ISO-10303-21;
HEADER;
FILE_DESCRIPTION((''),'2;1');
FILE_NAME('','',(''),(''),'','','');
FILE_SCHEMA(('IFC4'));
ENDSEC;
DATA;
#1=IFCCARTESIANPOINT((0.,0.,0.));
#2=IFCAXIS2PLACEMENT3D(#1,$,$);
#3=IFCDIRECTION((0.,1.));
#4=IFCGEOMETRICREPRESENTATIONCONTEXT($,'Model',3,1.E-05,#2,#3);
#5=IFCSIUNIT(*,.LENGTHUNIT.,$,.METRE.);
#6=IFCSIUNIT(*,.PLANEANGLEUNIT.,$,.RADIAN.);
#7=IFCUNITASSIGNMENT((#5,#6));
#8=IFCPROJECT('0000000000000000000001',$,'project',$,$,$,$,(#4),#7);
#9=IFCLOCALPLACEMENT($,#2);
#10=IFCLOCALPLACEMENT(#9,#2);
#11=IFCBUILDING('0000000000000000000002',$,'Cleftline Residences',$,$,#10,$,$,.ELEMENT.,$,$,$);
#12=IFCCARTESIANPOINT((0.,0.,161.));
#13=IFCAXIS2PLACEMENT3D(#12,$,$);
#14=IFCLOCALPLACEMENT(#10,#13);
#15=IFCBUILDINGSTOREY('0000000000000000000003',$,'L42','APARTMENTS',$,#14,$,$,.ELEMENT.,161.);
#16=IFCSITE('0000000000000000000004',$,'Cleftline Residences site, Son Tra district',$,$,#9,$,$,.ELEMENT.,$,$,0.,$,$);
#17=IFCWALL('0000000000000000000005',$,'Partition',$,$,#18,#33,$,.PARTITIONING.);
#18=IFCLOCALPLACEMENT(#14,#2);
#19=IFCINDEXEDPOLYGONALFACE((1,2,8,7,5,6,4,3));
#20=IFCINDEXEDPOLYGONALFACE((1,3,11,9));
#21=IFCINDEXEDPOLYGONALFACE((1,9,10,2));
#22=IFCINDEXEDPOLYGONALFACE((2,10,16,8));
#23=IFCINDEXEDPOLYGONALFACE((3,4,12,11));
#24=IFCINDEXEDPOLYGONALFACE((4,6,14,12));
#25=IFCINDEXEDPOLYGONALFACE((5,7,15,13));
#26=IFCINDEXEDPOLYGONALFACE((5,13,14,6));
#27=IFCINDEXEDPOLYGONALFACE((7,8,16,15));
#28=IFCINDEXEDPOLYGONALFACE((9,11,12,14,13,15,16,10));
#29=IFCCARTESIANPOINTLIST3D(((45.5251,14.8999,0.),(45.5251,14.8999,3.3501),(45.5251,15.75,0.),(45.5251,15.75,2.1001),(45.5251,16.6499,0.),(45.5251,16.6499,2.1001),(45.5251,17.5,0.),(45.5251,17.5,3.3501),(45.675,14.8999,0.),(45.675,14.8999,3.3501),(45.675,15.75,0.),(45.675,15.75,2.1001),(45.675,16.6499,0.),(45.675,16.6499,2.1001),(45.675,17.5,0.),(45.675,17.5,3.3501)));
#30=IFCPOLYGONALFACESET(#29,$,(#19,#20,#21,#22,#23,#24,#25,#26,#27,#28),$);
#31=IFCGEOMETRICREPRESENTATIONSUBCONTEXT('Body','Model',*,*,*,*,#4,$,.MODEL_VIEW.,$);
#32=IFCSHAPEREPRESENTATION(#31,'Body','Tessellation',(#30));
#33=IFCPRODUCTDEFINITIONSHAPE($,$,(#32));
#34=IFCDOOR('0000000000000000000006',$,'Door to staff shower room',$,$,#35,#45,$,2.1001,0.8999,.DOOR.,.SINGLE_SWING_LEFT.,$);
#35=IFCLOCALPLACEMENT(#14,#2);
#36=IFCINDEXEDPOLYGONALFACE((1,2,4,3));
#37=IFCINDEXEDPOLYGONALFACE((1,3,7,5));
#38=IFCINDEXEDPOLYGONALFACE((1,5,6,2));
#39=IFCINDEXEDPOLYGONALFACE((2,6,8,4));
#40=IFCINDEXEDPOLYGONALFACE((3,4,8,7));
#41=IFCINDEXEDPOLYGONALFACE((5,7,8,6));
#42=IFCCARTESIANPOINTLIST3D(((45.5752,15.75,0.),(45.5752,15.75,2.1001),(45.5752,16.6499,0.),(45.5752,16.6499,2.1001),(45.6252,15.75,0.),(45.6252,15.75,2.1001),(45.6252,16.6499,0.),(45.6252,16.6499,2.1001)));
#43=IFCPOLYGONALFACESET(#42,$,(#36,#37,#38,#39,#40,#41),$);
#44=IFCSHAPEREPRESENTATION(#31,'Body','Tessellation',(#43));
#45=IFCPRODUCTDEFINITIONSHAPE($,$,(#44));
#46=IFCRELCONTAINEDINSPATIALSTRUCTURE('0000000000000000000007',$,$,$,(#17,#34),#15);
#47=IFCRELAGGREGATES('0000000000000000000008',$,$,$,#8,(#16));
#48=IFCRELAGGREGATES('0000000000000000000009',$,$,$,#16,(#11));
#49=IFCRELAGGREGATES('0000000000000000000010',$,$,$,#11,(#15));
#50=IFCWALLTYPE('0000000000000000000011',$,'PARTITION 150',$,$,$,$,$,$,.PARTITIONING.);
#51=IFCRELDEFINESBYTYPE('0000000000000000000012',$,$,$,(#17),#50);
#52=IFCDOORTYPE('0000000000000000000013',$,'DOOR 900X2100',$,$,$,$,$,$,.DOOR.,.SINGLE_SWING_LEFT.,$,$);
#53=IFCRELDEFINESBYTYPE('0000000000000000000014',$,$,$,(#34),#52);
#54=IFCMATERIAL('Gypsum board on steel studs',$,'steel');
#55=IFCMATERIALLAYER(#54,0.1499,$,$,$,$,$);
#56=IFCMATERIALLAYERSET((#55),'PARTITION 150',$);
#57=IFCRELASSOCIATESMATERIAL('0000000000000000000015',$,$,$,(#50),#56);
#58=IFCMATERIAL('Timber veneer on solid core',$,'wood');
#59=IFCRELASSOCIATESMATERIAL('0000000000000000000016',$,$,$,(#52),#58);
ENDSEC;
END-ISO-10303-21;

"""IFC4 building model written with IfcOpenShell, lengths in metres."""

from ifc_helpers import new_model, si_unit, direction, frame, frame_2d, origin, place, context, subcontext, project, spatial, rectangle, extrude, material, layer, layer_set, type_object, element, fill, save


model = new_model("IFC4")

# Units and contexts
model_context = context("Model", 3, precision=1e-05, world=origin(), true_north=direction((0.0, 1.0)))
body_context = subcontext(model_context, "Body", "Model", "MODEL_VIEW")
ifc_project = project(units=[si_unit("LENGTHUNIT", "METRE"), si_unit("PLANEANGLEUNIT", "RADIAN")], contexts=[model_context])

# Site, building, storey
site_placement = place(None, origin())
site = spatial("IfcSite", under=ifc_project, at=site_placement, Name="Cleftline Residences site, Son Tra district", CompositionType="ELEMENT", RefElevation=0.0)
building_placement = place(site_placement, origin())
building = spatial("IfcBuilding", under=site, at=building_placement, Name="Cleftline Residences", CompositionType="ELEMENT")
storey_placement = place(building_placement, frame((0.0, 0.0, 161.0)))
storey = spatial("IfcBuildingStorey", under=building, at=storey_placement, Name="L42", Description="APARTMENTS", CompositionType="ELEMENT", Elevation=161.0)

# Shared definitions
ifc_material_1 = material(Name="Gypsum board on steel studs", Category="steel")
ifc_layer_1 = layer(ifc_material_1, 0.1499)
ifc_layer_set_1 = layer_set([ifc_layer_1], Name="PARTITION 150")
wall_type_1 = type_object("IfcWallType", Name="PARTITION 150", PredefinedType="PARTITIONING", material=ifc_layer_set_1)

# Wall, opening, door
wall_1_placement = place(storey_placement, frame((45.6001, 14.8999, 0.0), z_axis=(0.0, 0.0, 1.0), x_axis=(0.0, 1.0, 0.0)))
wall_1 = element("IfcWall", 1, at=wall_1_placement, inside=storey, type_object=wall_type_1, Name="Partition", PredefinedType="PARTITIONING", context=body_context, shape_type="SweptSolid", body=[
    extrude(rectangle(XDim=2.6001, YDim=0.1499, at=frame_2d((1.3, 0.0))), origin(), (0.0, 0.0, 1.0), 3.3501),
])
opening_1_placement = place(wall_1_placement, frame((0.8501, 0.0, 0.0)))
opening_1 = element("IfcOpeningElement", 2, at=opening_1_placement, cuts=wall_1, PredefinedType="OPENING", context=body_context, shape_type="SweptSolid", body=[
    extrude(rectangle(XDim=0.8999, YDim=2.1001, at=frame_2d((0.45, 1.05))), frame((0.0, 0.085, 0.0), z_axis=(0.0, -1.0, 0.0), x_axis=(1.0, 0.0, 0.0)), (0.0, 0.0, 1.0), 0.1699),
])
ifc_material_2 = material(Name="Timber veneer on solid core", Category="wood")
door_type_1 = type_object("IfcDoorType", Name="DOOR 900X2100", OperationType="SINGLE_SWING_LEFT", PredefinedType="DOOR", material=ifc_material_2)
door_1_placement = place(opening_1_placement, origin())
door_1 = element("IfcDoor", 3, at=door_1_placement, inside=storey, type_object=door_type_1, Name="Door to staff shower room", OperationType="SINGLE_SWING_LEFT", OverallHeight=2.1001, OverallWidth=0.8999, PredefinedType="DOOR", context=body_context, shape_type="SweptSolid", body=[
    extrude(rectangle(XDim=0.8999, YDim=2.1001, at=frame_2d((0.45, 1.05))), frame((0.0, 0.0249, 0.0), z_axis=(0.0, -1.0, 0.0), x_axis=(1.0, 0.0, 0.0)), (0.0, 0.0, 1.0), 0.05),
])
fill(opening_1, door_1)

save(model, "model.ifc")
